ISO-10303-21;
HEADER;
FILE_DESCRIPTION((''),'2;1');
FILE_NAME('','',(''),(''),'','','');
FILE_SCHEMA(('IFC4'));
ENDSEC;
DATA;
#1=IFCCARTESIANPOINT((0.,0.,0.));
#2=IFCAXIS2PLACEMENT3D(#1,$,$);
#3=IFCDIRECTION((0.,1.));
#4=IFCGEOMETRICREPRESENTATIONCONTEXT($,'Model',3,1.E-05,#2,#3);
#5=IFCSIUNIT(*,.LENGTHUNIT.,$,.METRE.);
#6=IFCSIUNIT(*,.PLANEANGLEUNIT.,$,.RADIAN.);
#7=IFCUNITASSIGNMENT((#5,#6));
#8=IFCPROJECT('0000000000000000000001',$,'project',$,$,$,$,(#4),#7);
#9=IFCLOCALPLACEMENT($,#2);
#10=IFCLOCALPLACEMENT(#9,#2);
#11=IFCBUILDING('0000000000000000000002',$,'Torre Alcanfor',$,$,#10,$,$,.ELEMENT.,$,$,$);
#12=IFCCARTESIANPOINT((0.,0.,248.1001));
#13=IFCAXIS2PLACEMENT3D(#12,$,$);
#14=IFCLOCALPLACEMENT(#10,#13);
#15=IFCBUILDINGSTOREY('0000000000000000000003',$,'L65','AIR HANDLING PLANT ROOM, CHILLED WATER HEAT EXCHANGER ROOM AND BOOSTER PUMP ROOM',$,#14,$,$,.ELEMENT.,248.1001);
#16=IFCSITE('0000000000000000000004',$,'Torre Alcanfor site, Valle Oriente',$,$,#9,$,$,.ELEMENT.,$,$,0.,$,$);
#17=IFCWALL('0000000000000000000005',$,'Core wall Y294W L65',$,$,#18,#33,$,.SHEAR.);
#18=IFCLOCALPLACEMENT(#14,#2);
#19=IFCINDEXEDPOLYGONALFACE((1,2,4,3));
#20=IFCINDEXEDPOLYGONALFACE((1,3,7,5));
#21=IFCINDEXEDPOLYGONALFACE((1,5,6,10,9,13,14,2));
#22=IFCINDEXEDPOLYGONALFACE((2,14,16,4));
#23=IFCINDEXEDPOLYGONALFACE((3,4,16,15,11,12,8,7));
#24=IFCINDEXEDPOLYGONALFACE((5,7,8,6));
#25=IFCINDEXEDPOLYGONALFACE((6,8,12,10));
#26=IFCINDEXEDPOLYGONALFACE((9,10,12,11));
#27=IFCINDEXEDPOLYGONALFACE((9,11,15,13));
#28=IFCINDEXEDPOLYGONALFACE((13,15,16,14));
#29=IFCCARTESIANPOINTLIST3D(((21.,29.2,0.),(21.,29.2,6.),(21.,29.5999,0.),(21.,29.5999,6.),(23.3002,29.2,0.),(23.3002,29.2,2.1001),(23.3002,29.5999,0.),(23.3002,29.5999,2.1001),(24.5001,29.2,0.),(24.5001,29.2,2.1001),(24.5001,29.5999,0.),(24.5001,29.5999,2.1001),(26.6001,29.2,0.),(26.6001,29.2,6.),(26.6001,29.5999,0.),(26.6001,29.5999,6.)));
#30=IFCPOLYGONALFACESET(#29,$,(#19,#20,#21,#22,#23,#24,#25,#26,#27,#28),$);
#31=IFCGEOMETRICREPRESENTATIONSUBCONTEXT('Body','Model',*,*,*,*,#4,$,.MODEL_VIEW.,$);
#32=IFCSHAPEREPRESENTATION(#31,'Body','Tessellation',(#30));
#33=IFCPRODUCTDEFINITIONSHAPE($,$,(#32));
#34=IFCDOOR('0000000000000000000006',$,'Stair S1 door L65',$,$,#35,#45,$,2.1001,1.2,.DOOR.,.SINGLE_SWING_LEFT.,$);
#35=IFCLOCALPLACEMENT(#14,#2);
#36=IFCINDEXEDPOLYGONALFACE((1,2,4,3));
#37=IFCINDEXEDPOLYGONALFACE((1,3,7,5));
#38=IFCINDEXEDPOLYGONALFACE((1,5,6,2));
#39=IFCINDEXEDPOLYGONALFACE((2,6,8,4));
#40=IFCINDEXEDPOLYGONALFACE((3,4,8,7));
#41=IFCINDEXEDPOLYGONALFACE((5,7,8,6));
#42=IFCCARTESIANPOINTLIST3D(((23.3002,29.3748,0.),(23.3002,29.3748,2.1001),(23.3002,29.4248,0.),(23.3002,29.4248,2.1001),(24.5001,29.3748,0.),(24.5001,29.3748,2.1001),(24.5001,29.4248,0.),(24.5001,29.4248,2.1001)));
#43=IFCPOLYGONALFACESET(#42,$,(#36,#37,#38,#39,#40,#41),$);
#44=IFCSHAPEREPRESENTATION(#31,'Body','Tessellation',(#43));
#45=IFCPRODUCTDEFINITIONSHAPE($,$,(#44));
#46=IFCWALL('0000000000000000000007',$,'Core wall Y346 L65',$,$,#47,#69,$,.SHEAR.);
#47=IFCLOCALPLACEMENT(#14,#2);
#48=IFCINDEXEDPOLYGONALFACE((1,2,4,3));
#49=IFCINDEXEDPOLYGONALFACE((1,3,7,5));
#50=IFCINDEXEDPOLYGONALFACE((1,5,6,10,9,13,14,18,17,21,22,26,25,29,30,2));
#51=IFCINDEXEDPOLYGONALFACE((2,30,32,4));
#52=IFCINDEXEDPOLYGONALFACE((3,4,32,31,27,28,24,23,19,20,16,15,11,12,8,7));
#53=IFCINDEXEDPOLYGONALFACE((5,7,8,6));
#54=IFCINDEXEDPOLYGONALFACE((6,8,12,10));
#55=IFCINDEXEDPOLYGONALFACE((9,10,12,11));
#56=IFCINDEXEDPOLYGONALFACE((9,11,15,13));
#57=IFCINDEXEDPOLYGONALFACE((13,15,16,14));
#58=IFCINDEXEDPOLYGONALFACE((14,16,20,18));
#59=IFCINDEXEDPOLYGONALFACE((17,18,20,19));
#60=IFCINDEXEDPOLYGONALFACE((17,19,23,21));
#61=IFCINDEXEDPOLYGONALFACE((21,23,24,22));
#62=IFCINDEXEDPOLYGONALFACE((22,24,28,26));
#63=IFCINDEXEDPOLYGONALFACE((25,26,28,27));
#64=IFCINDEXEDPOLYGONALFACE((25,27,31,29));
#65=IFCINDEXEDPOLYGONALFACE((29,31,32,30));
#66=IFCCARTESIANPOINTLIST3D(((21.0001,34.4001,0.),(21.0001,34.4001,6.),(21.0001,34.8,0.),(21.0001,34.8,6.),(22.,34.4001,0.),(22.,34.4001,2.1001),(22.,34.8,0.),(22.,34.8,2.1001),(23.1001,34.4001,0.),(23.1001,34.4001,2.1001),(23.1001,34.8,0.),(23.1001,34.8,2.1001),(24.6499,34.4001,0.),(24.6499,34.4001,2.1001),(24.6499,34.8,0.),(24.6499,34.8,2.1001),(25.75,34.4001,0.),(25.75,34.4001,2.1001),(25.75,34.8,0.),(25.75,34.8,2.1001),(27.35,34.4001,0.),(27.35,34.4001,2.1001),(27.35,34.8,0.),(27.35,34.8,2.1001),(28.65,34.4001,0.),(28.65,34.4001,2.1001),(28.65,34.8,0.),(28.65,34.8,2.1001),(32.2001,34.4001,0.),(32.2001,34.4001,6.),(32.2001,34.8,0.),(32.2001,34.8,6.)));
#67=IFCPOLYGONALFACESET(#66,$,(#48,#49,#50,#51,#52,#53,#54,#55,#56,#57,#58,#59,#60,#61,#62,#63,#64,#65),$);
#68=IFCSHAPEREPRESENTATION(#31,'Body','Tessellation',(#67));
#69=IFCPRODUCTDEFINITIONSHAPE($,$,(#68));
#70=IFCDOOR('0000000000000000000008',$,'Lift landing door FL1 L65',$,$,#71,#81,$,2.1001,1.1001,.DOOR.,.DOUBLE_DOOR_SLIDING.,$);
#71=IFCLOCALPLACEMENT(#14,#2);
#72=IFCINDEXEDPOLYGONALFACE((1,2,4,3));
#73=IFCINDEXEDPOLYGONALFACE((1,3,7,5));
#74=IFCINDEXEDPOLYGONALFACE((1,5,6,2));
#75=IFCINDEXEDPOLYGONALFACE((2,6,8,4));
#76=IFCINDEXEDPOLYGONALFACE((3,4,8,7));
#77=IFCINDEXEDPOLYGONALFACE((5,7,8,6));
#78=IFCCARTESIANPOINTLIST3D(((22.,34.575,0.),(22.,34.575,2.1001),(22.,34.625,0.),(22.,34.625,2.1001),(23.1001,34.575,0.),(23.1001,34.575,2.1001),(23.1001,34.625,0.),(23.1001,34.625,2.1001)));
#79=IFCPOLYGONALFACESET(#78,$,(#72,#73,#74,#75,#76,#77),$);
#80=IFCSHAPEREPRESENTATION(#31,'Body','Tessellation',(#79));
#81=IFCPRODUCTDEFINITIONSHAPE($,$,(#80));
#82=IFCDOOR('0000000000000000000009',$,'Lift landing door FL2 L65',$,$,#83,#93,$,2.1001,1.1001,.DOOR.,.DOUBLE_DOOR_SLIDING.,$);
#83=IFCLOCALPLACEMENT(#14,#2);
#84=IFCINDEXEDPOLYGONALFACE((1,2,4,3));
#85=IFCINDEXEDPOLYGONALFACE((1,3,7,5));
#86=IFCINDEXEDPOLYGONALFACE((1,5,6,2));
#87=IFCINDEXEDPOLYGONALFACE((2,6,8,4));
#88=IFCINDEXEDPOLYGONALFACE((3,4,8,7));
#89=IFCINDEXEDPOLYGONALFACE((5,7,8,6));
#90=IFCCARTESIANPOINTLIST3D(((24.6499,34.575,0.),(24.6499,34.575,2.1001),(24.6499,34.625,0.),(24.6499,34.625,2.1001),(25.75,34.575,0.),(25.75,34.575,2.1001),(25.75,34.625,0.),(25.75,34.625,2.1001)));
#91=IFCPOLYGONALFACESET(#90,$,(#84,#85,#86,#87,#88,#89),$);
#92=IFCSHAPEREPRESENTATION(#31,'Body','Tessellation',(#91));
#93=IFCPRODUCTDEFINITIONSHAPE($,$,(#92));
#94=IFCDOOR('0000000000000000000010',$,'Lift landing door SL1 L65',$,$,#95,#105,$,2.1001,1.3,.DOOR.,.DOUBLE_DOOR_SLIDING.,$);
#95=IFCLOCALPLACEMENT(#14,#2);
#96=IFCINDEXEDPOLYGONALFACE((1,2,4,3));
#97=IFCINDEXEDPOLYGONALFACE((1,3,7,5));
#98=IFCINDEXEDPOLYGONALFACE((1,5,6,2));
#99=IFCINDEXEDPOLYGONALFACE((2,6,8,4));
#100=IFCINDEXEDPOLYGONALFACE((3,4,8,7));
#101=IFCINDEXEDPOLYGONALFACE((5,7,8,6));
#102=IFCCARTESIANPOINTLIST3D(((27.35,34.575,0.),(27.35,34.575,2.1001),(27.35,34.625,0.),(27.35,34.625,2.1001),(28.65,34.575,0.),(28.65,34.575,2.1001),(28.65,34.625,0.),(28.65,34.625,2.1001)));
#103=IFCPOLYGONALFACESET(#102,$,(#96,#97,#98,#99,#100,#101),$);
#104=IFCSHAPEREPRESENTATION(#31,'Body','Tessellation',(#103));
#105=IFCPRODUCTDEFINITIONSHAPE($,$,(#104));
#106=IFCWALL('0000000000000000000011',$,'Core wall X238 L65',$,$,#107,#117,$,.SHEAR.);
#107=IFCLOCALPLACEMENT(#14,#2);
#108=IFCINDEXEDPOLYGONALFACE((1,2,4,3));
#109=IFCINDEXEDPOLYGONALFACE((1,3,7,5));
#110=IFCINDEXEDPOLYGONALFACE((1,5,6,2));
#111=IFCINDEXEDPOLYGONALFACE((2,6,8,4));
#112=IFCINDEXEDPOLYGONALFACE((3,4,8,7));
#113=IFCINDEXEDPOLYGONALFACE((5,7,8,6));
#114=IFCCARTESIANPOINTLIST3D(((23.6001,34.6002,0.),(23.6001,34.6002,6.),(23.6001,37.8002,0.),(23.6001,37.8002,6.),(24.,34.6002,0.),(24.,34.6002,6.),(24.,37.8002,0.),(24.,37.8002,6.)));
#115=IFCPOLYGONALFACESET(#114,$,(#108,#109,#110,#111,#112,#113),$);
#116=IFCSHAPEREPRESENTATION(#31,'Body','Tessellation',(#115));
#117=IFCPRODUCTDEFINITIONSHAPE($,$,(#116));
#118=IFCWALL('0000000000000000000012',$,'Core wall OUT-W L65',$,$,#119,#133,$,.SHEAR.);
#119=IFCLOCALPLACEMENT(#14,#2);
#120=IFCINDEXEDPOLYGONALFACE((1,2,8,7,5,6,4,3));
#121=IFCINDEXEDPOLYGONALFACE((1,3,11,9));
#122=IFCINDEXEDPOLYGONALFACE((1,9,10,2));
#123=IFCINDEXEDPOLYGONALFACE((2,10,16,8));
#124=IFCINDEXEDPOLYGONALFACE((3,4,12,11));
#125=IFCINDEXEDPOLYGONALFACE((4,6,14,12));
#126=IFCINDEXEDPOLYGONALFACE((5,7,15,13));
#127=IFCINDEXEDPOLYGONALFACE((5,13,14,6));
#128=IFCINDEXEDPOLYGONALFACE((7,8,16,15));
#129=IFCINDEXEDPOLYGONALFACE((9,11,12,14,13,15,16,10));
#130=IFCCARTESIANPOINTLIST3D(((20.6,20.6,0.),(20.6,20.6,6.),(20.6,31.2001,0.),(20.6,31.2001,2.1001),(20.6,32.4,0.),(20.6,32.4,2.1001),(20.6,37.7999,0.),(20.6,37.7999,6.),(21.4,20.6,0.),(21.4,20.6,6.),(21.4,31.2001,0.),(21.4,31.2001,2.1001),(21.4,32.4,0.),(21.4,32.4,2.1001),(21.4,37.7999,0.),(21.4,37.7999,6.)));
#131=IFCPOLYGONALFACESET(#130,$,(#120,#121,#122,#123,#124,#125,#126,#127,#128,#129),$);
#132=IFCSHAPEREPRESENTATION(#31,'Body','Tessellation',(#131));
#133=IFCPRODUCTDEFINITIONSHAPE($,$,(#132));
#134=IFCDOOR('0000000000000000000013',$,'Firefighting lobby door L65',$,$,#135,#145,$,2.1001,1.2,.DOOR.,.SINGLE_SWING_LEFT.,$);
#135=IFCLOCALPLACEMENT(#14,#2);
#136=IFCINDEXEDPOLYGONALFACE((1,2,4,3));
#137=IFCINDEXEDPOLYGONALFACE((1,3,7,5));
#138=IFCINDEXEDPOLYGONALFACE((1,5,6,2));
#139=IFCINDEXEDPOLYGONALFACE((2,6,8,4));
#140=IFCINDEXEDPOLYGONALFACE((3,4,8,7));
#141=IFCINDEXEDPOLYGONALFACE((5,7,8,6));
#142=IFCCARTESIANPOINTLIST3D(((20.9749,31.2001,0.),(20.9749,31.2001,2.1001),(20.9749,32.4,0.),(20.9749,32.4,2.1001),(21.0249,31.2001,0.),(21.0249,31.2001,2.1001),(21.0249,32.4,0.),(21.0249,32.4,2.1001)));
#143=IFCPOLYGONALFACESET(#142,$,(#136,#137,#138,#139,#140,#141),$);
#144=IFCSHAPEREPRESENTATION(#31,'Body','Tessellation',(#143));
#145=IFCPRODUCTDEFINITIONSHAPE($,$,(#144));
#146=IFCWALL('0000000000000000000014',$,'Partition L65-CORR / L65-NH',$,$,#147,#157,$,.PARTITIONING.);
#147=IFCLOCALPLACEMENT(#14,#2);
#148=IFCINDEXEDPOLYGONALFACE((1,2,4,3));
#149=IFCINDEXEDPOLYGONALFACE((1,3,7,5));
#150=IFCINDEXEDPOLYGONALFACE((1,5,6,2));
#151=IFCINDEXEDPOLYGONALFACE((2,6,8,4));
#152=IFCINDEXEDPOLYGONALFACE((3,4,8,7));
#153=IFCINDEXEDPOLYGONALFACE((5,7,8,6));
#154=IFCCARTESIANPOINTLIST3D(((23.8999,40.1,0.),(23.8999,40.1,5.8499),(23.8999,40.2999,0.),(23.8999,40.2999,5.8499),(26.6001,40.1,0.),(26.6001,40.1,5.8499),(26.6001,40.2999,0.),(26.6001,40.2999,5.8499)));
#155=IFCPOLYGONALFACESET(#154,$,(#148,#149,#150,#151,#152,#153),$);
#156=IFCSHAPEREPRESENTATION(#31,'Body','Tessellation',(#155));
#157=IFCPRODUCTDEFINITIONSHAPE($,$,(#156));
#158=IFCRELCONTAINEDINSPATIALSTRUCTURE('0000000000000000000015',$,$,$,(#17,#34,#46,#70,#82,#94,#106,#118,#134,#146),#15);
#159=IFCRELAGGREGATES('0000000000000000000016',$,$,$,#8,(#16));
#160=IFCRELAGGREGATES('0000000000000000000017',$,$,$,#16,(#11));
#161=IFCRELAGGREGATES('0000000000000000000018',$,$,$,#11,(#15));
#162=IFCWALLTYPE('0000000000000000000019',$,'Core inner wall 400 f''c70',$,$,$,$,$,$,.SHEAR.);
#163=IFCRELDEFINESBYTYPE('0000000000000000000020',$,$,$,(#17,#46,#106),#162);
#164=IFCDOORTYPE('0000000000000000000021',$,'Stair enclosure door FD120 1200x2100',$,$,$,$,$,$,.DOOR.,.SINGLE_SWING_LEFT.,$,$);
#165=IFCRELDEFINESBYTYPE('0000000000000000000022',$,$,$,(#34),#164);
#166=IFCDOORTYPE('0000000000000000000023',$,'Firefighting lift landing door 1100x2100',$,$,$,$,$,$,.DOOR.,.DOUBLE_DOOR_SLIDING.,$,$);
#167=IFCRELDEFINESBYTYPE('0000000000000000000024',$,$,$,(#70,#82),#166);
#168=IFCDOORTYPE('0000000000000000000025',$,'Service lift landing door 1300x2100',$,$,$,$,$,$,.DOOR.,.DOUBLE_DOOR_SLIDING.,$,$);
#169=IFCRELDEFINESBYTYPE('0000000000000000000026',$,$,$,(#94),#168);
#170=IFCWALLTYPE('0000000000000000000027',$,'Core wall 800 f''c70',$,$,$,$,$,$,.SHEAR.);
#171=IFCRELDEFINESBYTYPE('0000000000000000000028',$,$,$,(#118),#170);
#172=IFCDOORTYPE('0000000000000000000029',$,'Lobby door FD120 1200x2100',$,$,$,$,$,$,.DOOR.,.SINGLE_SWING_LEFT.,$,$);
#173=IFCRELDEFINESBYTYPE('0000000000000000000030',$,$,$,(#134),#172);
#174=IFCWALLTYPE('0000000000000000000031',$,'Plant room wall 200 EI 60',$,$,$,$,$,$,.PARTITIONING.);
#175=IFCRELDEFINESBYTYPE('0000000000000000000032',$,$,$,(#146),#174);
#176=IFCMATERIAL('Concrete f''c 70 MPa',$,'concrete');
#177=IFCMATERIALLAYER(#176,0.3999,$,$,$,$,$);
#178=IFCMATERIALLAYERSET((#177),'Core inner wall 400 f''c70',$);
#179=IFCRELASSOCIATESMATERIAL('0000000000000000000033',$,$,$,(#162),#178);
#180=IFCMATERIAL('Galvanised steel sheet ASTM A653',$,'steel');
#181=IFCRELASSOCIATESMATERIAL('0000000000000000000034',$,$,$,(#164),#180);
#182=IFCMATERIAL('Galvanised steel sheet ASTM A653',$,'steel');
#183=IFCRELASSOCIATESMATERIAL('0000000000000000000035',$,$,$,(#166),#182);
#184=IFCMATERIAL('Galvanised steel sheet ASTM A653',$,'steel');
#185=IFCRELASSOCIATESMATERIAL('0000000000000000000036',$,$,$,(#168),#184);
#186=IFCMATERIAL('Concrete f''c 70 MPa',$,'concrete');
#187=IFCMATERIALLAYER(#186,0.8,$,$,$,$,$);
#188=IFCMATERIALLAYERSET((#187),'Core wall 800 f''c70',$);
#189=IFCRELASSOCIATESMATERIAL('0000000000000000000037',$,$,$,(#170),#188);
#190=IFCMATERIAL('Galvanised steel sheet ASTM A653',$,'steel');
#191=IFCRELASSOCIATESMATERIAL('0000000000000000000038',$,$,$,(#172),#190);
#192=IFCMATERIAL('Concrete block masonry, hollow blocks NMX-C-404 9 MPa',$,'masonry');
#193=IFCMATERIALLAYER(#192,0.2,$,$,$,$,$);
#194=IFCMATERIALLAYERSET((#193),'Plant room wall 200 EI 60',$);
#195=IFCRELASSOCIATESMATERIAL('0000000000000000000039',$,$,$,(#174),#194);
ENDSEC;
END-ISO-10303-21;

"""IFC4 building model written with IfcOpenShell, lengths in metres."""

from ifc_helpers import new_model, si_unit, direction, frame, frame_2d, origin, place, context, subcontext, project, spatial, rectangle, extrude, material, layer, layer_set, type_object, element, fill, save


model = new_model("IFC4")

# Units and contexts
model_context = context("Model", 3, precision=1e-05, world=origin(), true_north=direction((0.0, 1.0)))
body_context = subcontext(model_context, "Body", "Model", "MODEL_VIEW")
ifc_project = project(units=[si_unit("LENGTHUNIT", "METRE"), si_unit("PLANEANGLEUNIT", "RADIAN")], contexts=[model_context])

# Site, building, storey
site_placement = place(None, origin())
site = spatial("IfcSite", under=ifc_project, at=site_placement, Name="Torre Alcanfor site, Valle Oriente", CompositionType="ELEMENT", RefElevation=0.0)
building_placement = place(site_placement, origin())
building = spatial("IfcBuilding", under=site, at=building_placement, Name="Torre Alcanfor", CompositionType="ELEMENT")
storey_placement = place(building_placement, frame((0.0, 0.0, 248.1001)))
storey = spatial("IfcBuildingStorey", under=building, at=storey_placement, Name="L65", Description="AIR HANDLING PLANT ROOM, CHILLED WATER HEAT EXCHANGER ROOM AND BOOSTER PUMP ROOM", CompositionType="ELEMENT", Elevation=248.1001)

# Wall, opening, door
ifc_material_1 = material(Name="Concrete f'c 70 MPa", Category="concrete")
ifc_layer_1 = layer(ifc_material_1, 0.3999)
ifc_layer_set_1 = layer_set([ifc_layer_1], Name="Core inner wall 400 f'c70")
wall_type_1 = type_object("IfcWallType", Name="Core inner wall 400 f'c70", PredefinedType="SHEAR", material=ifc_layer_set_1)
wall_1_placement = place(storey_placement, frame((21.0, 29.3999, 0.0), z_axis=(0.0, 0.0, 1.0), x_axis=(1.0, 0.0, 0.0)))
wall_1 = element("IfcWall", 1, at=wall_1_placement, inside=storey, type_object=wall_type_1, Name="Core wall Y294W L65", PredefinedType="SHEAR", context=body_context, shape_type="SweptSolid", body=[
    extrude(rectangle(XDim=5.6001, YDim=0.3999, at=frame_2d((2.8, 0.0))), origin(), (0.0, 0.0, 1.0), 6.0),
])
opening_1_placement = place(wall_1_placement, frame((2.3, 0.0, 0.0)))
opening_1 = element("IfcOpeningElement", 2, at=opening_1_placement, cuts=wall_1, PredefinedType="OPENING", context=body_context, shape_type="SweptSolid", body=[
    extrude(rectangle(XDim=1.2, YDim=2.1001, at=frame_2d((0.6001, 1.05))), frame((0.0, 0.21, 0.0), z_axis=(0.0, -1.0, 0.0), x_axis=(1.0, 0.0, 0.0)), (0.0, 0.0, 1.0), 0.4199),
])
ifc_material_2 = material(Name="Galvanised steel sheet ASTM A653", Category="steel")
door_type_1 = type_object("IfcDoorType", Name="Stair enclosure door FD120 1200x2100", OperationType="SINGLE_SWING_LEFT", PredefinedType="DOOR", material=ifc_material_2)
door_1_placement = place(opening_1_placement, frame((1.2, 0.0, 0.0), z_axis=(0.0, 0.0, 1.0), x_axis=(-1.0, 0.0, 0.0)))
door_1 = element("IfcDoor", 3, at=door_1_placement, inside=storey, type_object=door_type_1, Name="Stair S1 door L65", OperationType="SINGLE_SWING_LEFT", OverallHeight=2.1001, OverallWidth=1.2, PredefinedType="DOOR", context=body_context, shape_type="SweptSolid", body=[
    extrude(rectangle(XDim=1.2, YDim=2.1001, at=frame_2d((0.5999, 1.05))), frame((0.0, 0.0251, 0.0), z_axis=(0.0, -1.0, 0.0), x_axis=(1.0, 0.0, 0.0)), (0.0, 0.0, 1.0), 0.05),
])
fill(opening_1, door_1)

# Wall, openings, doors
wall_2_placement = place(storey_placement, frame((21.0, 34.6001, 0.0), z_axis=(0.0, 0.0, 1.0), x_axis=(1.0, 0.0, 0.0)))
wall_2 = element("IfcWall", 4, at=wall_2_placement, inside=storey, type_object=wall_type_1, Name="Core wall Y346 L65", PredefinedType="SHEAR", context=body_context, shape_type="SweptSolid", body=[
    extrude(rectangle(XDim=11.2, YDim=0.3999, at=frame_2d((5.6001, 0.0))), origin(), (0.0, 0.0, 1.0), 6.0),
])
opening_2_placement = place(wall_2_placement, frame((1.0, 0.0, 0.0)))
opening_2 = element("IfcOpeningElement", 5, at=opening_2_placement, cuts=wall_2, PredefinedType="OPENING", context=body_context, shape_type="SweptSolid", body=[
    extrude(rectangle(XDim=1.1001, YDim=2.1001, at=frame_2d((0.55, 1.05))), frame((0.0, 0.21, 0.0), z_axis=(0.0, -1.0, 0.0), x_axis=(1.0, 0.0, 0.0)), (0.0, 0.0, 1.0), 0.4199),
])
opening_3_placement = place(wall_2_placement, frame((3.6499, 0.0, 0.0)))
opening_3 = element("IfcOpeningElement", 6, at=opening_3_placement, cuts=wall_2, PredefinedType="OPENING", context=body_context, shape_type="SweptSolid", body=[
    extrude(rectangle(XDim=1.1001, YDim=2.1001, at=frame_2d((0.55, 1.05))), frame((0.0, 0.21, 0.0), z_axis=(0.0, -1.0, 0.0), x_axis=(1.0, 0.0, 0.0)), (0.0, 0.0, 1.0), 0.4199),
])
opening_4_placement = place(wall_2_placement, frame((6.3501, 0.0, 0.0)))
opening_4 = element("IfcOpeningElement", 7, at=opening_4_placement, cuts=wall_2, PredefinedType="OPENING", context=body_context, shape_type="SweptSolid", body=[
    extrude(rectangle(XDim=1.3, YDim=2.1001, at=frame_2d((0.6499, 1.05))), frame((0.0, 0.21, 0.0), z_axis=(0.0, -1.0, 0.0), x_axis=(1.0, 0.0, 0.0)), (0.0, 0.0, 1.0), 0.4199),
])
ifc_material_3 = material(Name="Galvanised steel sheet ASTM A653", Category="steel")
door_type_2 = type_object("IfcDoorType", Name="Firefighting lift landing door 1100x2100", OperationType="DOUBLE_DOOR_SLIDING", PredefinedType="DOOR", material=ifc_material_3)
door_2_placement = place(opening_2_placement, origin())
door_2 = element("IfcDoor", 8, at=door_2_placement, inside=storey, type_object=door_type_2, Name="Lift landing door FL1 L65", OperationType="DOUBLE_DOOR_SLIDING", OverallHeight=2.1001, OverallWidth=1.1001, PredefinedType="DOOR", context=body_context, shape_type="SweptSolid", body=[
    extrude(rectangle(XDim=1.1001, YDim=2.1001, at=frame_2d((0.55, 1.05))), frame((0.0, 0.0249, 0.0), z_axis=(0.0, -1.0, 0.0), x_axis=(1.0, 0.0, 0.0)), (0.0, 0.0, 1.0), 0.05),
])
fill(opening_2, door_2)
door_3_placement = place(opening_3_placement, origin())
door_3 = element("IfcDoor", 9, at=door_3_placement, inside=storey, type_object=door_type_2, Name="Lift landing door FL2 L65", OperationType="DOUBLE_DOOR_SLIDING", OverallHeight=2.1001, OverallWidth=1.1001, PredefinedType="DOOR", context=body_context, shape_type="SweptSolid", body=[
    extrude(rectangle(XDim=1.1001, YDim=2.1001, at=frame_2d((0.55, 1.05))), frame((0.0, 0.0249, 0.0), z_axis=(0.0, -1.0, 0.0), x_axis=(1.0, 0.0, 0.0)), (0.0, 0.0, 1.0), 0.05),
])
fill(opening_3, door_3)
ifc_material_4 = material(Name="Galvanised steel sheet ASTM A653", Category="steel")
door_type_3 = type_object("IfcDoorType", Name="Service lift landing door 1300x2100", OperationType="DOUBLE_DOOR_SLIDING", PredefinedType="DOOR", material=ifc_material_4)
door_4_placement = place(opening_4_placement, origin())
door_4 = element("IfcDoor", 10, at=door_4_placement, inside=storey, type_object=door_type_3, Name="Lift landing door SL1 L65", OperationType="DOUBLE_DOOR_SLIDING", OverallHeight=2.1001, OverallWidth=1.3, PredefinedType="DOOR", context=body_context, shape_type="SweptSolid", body=[
    extrude(rectangle(XDim=1.3, YDim=2.1001, at=frame_2d((0.6499, 1.05))), frame((0.0, 0.0249, 0.0), z_axis=(0.0, -1.0, 0.0), x_axis=(1.0, 0.0, 0.0)), (0.0, 0.0, 1.0), 0.05),
])
fill(opening_4, door_4)

# Wall
wall_3_placement = place(storey_placement, frame((23.8, 34.6001, 0.0), z_axis=(0.0, 0.0, 1.0), x_axis=(0.0, 1.0, 0.0)))
element("IfcWall", 11, at=wall_3_placement, inside=storey, type_object=wall_type_1, Name="Core wall X238 L65", PredefinedType="SHEAR", context=body_context, shape_type="SweptSolid", body=[
    extrude(rectangle(XDim=3.2, YDim=0.3999, at=frame_2d((1.6001, 0.0))), origin(), (0.0, 0.0, 1.0), 6.0),
])

# Wall, opening, door
ifc_material_5 = material(Name="Concrete f'c 70 MPa", Category="concrete")
ifc_layer_2 = layer(ifc_material_5, 0.8)
ifc_layer_set_2 = layer_set([ifc_layer_2], Name="Core wall 800 f'c70")
wall_type_2 = type_object("IfcWallType", Name="Core wall 800 f'c70", PredefinedType="SHEAR", material=ifc_layer_set_2)
wall_4_placement = place(storey_placement, frame((21.0, 37.8, 0.0), z_axis=(0.0, 0.0, 1.0), x_axis=(0.0, -1.0, 0.0)))
wall_4 = element("IfcWall", 12, at=wall_4_placement, inside=storey, type_object=wall_type_2, Name="Core wall OUT-W L65", PredefinedType="SHEAR", context=body_context, shape_type="SweptSolid", body=[
    extrude(rectangle(XDim=17.2, YDim=0.8, at=frame_2d((8.6001, 0.0))), origin(), (0.0, 0.0, 1.0), 6.0),
])
opening_5_placement = place(wall_4_placement, frame((5.3999, 0.0, 0.0)))
opening_5 = element("IfcOpeningElement", 13, at=opening_5_placement, cuts=wall_4, PredefinedType="OPENING", context=body_context, shape_type="SweptSolid", body=[
    extrude(rectangle(XDim=1.2, YDim=2.1001, at=frame_2d((0.6001, 1.05))), frame((0.0, 0.4099, 0.0), z_axis=(0.0, -1.0, 0.0), x_axis=(1.0, 0.0, 0.0)), (0.0, 0.0, 1.0), 0.8201),
])
ifc_material_6 = material(Name="Galvanised steel sheet ASTM A653", Category="steel")
door_type_4 = type_object("IfcDoorType", Name="Lobby door FD120 1200x2100", OperationType="SINGLE_SWING_LEFT", PredefinedType="DOOR", material=ifc_material_6)
door_5_placement = place(opening_5_placement, origin())
door_5 = element("IfcDoor", 14, at=door_5_placement, inside=storey, type_object=door_type_4, Name="Firefighting lobby door L65", OperationType="SINGLE_SWING_LEFT", OverallHeight=2.1001, OverallWidth=1.2, PredefinedType="DOOR", context=body_context, shape_type="SweptSolid", body=[
    extrude(rectangle(XDim=1.2, YDim=2.1001, at=frame_2d((0.6001, 1.05))), frame((0.0, 0.0249, 0.0), z_axis=(0.0, -1.0, 0.0), x_axis=(1.0, 0.0, 0.0)), (0.0, 0.0, 1.0), 0.05),
])
fill(opening_5, door_5)
ifc_material_7 = material(Name="Concrete block masonry, hollow blocks NMX-C-404 9 MPa", Category="masonry")
ifc_layer_3 = layer(ifc_material_7, 0.2)
ifc_layer_set_3 = layer_set([ifc_layer_3], Name="Plant room wall 200 EI 60")
wall_type_3 = type_object("IfcWallType", Name="Plant room wall 200 EI 60", PredefinedType="PARTITIONING", material=ifc_layer_set_3)

# Wall
wall_5_placement = place(storey_placement, frame((23.8999, 40.2, 0.0), z_axis=(0.0, 0.0, 1.0), x_axis=(1.0, 0.0, 0.0)))
element("IfcWall", 15, at=wall_5_placement, inside=storey, type_object=wall_type_3, Name="Partition L65-CORR / L65-NH", PredefinedType="PARTITIONING", context=body_context, shape_type="SweptSolid", body=[
    extrude(rectangle(XDim=2.7002, YDim=0.2, at=frame_2d((1.3501, 0.0))), origin(), (0.0, 0.0, 1.0), 5.8499),
])

save(model, "model.ifc")
